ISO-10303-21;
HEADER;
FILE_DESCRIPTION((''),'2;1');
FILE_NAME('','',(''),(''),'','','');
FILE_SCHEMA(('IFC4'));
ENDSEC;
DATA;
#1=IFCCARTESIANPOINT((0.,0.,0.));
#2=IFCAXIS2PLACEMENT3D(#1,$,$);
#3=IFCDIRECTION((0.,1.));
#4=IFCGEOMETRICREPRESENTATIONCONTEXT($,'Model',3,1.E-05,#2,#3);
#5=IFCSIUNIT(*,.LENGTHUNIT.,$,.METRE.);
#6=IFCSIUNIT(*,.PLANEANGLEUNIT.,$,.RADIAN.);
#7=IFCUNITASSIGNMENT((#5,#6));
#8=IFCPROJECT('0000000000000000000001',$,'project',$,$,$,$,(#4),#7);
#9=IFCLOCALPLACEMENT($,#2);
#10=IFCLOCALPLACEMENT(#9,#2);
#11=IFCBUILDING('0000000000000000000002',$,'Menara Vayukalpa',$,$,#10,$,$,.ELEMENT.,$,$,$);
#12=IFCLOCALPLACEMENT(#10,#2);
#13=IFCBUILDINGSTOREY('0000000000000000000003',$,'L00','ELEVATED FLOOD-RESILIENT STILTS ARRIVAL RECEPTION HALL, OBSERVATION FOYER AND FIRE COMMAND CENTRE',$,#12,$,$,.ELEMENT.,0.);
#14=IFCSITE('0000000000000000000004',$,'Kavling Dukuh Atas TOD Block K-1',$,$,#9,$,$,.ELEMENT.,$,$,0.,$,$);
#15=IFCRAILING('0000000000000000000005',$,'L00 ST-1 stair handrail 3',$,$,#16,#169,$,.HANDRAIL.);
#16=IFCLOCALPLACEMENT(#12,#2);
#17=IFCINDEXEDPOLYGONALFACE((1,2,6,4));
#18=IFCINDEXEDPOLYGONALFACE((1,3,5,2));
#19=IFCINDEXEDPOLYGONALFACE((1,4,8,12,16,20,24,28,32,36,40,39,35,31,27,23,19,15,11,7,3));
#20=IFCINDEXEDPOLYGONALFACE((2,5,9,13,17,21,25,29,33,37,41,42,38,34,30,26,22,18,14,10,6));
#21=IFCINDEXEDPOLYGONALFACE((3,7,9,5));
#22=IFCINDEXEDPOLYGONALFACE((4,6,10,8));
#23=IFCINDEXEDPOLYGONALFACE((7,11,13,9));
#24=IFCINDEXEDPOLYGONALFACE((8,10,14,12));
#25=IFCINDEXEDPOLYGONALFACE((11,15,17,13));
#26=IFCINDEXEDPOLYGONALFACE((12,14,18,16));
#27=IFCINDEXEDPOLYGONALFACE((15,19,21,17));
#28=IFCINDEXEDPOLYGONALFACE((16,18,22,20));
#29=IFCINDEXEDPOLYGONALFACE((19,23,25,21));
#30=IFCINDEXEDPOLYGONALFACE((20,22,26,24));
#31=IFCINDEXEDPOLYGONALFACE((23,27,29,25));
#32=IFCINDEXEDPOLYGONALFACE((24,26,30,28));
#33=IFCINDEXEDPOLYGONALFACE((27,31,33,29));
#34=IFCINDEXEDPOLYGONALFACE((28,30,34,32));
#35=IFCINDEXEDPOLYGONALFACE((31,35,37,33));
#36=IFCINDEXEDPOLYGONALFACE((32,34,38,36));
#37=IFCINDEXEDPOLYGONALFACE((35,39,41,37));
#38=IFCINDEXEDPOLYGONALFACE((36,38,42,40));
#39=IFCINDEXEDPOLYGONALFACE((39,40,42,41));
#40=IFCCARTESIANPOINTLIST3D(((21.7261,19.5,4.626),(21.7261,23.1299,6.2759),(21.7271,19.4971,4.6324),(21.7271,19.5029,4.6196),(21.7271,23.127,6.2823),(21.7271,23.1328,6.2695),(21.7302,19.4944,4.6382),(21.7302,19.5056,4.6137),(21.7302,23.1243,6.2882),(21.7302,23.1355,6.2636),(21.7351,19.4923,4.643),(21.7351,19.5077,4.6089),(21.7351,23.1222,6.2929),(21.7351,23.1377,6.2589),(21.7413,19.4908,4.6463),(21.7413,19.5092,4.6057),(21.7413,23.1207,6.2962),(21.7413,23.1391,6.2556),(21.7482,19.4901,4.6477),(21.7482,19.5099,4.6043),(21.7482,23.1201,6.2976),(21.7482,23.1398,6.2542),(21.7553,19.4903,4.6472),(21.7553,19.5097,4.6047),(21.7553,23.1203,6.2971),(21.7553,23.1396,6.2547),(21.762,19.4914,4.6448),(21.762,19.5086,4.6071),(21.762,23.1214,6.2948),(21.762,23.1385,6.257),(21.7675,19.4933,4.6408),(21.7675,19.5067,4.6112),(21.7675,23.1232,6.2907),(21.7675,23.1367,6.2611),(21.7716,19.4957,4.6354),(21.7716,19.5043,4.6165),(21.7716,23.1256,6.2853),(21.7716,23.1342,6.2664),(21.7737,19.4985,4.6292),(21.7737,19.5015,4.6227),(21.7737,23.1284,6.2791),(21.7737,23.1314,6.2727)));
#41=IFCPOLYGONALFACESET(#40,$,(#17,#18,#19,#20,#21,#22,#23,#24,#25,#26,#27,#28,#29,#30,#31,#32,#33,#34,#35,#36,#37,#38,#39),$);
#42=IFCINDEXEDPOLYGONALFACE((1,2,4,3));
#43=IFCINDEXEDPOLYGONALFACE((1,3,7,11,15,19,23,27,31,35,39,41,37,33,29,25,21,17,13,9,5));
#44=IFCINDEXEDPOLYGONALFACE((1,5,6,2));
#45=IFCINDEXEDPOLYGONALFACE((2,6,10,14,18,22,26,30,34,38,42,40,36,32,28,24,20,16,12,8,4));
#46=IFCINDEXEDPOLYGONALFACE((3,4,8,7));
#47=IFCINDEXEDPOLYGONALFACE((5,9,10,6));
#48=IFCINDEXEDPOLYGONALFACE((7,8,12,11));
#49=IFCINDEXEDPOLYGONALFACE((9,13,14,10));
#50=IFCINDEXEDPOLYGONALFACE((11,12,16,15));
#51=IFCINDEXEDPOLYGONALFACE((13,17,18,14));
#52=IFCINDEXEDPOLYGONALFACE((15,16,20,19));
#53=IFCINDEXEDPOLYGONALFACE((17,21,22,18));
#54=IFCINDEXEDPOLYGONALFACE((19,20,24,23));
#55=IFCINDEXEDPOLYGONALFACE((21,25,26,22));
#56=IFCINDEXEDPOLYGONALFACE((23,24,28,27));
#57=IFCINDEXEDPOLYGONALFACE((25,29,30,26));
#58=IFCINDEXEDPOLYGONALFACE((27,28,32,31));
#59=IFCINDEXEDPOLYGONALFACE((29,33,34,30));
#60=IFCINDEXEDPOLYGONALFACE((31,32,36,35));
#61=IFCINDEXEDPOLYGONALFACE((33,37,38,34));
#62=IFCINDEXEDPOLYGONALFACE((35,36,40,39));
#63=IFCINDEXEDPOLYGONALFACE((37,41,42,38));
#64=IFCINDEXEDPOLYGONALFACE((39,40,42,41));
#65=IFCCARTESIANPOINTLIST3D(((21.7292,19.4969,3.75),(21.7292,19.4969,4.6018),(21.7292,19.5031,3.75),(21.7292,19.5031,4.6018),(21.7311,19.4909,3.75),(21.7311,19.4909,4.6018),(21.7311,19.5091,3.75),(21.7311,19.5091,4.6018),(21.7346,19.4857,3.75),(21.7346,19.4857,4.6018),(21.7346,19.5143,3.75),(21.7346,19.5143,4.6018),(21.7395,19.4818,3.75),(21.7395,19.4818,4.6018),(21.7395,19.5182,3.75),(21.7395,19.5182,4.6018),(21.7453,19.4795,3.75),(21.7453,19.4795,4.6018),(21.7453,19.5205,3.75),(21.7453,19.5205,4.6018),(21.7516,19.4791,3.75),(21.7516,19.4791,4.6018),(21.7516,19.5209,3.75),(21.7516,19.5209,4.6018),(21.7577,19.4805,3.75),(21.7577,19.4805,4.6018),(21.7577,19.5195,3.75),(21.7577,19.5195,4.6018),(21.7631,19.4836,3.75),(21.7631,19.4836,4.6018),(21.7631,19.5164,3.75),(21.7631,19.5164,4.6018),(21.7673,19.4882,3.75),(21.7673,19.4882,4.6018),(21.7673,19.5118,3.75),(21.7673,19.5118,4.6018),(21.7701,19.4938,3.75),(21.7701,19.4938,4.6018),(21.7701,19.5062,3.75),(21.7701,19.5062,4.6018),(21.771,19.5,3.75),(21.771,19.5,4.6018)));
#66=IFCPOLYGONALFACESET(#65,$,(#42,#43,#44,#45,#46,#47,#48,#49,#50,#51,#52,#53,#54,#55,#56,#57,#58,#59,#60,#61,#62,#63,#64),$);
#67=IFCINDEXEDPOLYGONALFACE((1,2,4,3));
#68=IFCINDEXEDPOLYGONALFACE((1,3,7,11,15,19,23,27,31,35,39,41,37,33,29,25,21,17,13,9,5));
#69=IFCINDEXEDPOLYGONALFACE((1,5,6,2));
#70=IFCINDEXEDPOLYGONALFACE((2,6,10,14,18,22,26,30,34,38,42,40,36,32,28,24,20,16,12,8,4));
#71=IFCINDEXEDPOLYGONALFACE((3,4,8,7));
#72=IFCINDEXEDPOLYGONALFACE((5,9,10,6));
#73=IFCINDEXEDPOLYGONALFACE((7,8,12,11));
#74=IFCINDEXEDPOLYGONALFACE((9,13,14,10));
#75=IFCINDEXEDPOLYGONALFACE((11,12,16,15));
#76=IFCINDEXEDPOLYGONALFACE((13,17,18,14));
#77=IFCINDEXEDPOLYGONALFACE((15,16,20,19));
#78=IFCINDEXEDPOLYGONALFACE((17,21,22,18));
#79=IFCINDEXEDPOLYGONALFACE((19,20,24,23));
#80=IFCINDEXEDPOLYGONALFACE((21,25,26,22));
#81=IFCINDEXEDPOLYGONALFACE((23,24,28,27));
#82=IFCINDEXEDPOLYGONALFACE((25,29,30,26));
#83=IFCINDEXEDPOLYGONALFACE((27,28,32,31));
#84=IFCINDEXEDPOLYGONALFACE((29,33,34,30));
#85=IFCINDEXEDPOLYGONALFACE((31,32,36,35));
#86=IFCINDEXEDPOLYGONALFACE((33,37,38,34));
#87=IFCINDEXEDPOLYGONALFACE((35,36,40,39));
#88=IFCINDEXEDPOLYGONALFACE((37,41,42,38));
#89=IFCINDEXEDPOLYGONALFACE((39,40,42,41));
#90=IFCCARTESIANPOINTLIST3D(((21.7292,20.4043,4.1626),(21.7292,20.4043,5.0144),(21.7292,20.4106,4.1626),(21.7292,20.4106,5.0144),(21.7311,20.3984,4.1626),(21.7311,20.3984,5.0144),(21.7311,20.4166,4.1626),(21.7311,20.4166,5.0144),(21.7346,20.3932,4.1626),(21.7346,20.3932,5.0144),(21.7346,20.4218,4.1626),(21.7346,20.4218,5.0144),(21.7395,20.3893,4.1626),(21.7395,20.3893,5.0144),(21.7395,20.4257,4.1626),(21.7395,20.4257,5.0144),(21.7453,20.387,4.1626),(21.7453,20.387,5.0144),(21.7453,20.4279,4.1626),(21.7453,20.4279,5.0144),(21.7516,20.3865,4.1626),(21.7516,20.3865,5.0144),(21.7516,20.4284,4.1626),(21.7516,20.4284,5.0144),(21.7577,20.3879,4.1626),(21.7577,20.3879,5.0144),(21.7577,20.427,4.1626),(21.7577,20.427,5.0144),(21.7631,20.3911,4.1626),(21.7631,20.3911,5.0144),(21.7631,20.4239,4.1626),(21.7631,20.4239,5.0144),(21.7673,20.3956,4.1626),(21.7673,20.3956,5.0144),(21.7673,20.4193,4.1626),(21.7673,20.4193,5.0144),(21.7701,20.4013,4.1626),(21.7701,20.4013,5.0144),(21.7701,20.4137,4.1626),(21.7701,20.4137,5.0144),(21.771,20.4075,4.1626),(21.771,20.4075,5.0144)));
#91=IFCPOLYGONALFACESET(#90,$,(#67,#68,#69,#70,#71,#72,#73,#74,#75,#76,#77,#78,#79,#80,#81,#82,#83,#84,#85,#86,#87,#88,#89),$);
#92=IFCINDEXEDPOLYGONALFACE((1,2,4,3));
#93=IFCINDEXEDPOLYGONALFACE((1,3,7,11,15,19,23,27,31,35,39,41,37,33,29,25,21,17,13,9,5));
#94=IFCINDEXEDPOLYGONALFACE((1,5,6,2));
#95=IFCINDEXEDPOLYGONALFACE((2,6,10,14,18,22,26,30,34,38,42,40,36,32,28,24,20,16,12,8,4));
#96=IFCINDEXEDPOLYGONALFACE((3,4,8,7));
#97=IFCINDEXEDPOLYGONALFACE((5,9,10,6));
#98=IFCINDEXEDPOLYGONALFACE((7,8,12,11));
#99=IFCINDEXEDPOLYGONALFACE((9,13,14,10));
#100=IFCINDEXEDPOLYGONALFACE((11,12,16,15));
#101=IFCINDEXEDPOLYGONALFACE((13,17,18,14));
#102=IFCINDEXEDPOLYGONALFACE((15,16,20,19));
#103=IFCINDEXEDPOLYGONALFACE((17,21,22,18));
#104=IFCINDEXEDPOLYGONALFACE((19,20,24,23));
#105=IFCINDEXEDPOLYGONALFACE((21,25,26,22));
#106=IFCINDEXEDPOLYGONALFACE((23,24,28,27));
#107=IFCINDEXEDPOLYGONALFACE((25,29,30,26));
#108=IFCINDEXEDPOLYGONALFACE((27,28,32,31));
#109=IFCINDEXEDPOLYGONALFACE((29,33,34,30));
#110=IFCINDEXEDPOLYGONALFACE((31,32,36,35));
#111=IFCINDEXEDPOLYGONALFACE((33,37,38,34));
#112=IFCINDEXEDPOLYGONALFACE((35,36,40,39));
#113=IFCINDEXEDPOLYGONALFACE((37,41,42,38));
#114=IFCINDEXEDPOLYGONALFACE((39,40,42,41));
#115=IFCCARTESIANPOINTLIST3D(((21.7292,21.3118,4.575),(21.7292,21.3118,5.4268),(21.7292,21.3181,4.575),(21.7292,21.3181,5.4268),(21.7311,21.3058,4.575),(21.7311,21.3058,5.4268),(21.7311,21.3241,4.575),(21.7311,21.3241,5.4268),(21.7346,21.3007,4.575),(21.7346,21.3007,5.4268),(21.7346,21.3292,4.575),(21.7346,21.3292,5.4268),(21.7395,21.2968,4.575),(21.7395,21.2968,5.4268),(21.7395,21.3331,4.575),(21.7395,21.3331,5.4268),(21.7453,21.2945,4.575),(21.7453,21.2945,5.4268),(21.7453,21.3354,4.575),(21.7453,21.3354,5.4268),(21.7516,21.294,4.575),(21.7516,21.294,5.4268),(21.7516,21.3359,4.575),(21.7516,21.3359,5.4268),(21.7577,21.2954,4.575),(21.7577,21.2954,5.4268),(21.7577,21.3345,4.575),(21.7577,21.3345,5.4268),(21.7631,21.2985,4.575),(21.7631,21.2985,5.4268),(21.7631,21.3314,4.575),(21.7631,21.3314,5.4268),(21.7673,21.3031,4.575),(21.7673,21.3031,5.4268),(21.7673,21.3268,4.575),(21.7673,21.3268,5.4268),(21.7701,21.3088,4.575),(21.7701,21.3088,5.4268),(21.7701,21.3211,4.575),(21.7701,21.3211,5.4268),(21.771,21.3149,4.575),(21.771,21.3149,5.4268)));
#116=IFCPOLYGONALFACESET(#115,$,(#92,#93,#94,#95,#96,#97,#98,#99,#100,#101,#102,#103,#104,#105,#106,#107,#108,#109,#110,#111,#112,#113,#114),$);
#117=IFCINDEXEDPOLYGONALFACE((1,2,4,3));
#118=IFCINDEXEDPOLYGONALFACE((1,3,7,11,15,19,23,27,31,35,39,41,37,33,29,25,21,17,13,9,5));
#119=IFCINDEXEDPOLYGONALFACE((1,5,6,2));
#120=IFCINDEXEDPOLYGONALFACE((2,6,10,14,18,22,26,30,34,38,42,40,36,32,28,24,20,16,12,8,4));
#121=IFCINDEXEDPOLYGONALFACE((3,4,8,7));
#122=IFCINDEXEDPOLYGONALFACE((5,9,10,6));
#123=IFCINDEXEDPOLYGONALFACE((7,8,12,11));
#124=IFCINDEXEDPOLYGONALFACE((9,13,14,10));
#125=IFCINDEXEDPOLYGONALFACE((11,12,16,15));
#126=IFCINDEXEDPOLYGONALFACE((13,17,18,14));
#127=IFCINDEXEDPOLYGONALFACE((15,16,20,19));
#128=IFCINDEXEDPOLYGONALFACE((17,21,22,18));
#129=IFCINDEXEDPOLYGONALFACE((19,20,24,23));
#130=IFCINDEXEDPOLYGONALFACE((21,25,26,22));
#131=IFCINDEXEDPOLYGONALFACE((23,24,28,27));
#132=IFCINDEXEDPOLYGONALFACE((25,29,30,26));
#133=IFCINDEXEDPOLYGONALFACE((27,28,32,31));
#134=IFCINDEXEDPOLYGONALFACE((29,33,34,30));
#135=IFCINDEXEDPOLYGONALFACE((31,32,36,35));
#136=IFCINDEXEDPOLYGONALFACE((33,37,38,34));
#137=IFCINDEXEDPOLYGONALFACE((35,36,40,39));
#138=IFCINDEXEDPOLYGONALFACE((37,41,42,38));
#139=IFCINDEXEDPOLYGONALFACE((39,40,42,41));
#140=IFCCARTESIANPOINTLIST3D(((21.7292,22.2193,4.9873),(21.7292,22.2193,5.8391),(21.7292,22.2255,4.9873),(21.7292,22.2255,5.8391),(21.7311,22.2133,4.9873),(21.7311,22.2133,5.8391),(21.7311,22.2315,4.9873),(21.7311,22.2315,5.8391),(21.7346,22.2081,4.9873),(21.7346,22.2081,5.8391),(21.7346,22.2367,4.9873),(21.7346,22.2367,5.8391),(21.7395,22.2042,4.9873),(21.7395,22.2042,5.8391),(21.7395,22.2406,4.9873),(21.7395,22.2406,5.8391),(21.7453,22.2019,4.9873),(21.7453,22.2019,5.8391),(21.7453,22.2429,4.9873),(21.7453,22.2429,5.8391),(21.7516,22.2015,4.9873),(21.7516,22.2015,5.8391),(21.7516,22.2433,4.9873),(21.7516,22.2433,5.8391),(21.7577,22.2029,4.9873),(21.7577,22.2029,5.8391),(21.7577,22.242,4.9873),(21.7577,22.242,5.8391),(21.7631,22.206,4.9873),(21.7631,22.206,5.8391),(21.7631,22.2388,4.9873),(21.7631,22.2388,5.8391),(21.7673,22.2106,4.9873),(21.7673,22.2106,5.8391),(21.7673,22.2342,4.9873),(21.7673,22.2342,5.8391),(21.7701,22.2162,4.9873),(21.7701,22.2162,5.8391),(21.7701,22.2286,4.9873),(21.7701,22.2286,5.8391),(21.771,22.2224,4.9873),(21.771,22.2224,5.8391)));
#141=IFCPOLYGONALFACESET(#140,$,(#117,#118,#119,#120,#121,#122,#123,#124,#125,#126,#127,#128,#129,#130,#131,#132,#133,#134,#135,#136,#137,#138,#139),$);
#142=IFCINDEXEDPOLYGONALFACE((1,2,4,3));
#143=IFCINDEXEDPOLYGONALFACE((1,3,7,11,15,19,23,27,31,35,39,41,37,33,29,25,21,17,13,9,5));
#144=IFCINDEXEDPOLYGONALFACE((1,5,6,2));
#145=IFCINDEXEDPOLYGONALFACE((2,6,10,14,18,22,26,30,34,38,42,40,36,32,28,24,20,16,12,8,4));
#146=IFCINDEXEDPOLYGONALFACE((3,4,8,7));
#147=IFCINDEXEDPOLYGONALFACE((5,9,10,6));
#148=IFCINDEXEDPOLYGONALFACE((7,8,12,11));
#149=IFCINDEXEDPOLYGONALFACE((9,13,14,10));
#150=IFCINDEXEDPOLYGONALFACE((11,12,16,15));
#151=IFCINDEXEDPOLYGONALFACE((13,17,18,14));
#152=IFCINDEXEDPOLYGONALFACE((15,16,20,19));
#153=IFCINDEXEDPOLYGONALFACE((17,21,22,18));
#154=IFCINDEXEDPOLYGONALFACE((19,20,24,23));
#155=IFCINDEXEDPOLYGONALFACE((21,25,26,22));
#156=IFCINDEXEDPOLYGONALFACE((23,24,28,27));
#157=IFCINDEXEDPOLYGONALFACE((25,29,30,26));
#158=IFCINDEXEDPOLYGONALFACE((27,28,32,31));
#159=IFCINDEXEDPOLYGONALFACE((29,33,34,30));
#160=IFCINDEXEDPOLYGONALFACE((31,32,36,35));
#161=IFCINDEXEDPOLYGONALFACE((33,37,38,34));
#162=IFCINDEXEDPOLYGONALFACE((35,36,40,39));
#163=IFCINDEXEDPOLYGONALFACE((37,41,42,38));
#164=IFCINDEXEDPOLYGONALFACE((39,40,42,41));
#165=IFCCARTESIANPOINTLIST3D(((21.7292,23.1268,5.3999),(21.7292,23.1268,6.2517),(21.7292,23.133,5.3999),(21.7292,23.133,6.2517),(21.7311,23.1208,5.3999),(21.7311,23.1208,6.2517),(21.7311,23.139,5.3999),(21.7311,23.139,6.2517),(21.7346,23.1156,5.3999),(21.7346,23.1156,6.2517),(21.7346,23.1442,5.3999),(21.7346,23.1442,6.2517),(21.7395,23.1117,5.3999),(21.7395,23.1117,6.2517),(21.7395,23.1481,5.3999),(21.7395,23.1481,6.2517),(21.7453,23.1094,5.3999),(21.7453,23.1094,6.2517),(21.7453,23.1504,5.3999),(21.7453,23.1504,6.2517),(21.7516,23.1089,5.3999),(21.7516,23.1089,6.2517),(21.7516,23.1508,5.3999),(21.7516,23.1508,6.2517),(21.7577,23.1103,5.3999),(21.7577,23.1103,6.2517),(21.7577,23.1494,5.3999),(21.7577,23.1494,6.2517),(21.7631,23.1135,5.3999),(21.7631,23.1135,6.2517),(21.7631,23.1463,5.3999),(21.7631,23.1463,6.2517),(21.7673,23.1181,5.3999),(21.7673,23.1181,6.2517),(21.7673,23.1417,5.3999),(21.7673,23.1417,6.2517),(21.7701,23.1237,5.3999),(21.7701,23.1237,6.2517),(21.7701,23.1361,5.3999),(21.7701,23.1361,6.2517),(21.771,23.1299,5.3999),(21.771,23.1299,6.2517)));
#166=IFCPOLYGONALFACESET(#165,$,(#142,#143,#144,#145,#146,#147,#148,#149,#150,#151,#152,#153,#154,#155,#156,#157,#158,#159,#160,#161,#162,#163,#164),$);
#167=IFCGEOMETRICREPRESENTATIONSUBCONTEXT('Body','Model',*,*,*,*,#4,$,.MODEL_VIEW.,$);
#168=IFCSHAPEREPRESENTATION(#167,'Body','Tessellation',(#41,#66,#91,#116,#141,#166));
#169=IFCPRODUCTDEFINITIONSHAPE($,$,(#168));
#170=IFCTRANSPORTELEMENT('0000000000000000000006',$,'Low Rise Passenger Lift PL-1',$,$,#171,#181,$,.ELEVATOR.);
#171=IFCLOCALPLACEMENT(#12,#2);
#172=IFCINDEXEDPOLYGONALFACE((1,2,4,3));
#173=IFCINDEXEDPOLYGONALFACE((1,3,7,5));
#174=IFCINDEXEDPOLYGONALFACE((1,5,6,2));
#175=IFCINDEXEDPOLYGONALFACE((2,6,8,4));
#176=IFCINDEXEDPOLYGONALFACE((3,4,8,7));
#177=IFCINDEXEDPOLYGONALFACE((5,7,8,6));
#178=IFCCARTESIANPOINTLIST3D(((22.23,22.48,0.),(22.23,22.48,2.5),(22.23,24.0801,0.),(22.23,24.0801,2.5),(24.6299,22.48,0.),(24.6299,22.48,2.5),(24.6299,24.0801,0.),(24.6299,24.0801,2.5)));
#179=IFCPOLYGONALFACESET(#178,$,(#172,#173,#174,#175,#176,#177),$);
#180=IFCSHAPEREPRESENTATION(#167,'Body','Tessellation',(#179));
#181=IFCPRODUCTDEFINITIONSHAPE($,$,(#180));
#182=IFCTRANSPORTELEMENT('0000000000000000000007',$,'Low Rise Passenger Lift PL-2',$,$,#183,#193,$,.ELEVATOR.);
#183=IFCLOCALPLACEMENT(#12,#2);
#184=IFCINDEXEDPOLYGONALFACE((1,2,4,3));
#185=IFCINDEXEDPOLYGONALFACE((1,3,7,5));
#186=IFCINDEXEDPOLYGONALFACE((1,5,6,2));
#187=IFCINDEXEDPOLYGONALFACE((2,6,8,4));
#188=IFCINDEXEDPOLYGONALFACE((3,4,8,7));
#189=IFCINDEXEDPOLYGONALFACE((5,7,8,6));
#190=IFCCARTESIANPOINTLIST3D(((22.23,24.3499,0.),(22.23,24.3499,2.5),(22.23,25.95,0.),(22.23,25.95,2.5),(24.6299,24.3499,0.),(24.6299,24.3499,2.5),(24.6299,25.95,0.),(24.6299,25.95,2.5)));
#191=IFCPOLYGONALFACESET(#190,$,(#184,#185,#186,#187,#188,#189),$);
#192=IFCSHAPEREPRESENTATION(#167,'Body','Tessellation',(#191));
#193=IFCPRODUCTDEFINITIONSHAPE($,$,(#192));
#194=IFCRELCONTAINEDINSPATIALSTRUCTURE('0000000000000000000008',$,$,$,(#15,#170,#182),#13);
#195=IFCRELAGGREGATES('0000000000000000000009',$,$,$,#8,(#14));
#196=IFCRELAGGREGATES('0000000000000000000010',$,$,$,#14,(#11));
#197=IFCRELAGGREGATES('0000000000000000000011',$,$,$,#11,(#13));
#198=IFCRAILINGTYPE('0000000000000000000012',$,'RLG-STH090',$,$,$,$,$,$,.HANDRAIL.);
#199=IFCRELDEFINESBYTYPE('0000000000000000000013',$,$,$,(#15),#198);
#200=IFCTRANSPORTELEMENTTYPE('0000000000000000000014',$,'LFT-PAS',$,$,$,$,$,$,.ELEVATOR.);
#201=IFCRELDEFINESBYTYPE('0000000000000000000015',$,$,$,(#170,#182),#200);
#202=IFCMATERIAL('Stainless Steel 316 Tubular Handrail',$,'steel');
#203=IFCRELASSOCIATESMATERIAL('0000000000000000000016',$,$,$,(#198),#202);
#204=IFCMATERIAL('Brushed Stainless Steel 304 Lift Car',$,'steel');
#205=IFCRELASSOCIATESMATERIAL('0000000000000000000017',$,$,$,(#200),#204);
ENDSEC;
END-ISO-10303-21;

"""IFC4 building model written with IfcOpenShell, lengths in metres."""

from ifc_helpers import new_model, si_unit, direction, frame, origin, origin_2d, place, context, subcontext, project, spatial, rectangle, circle, extrude, material, type_object, element, save


model = new_model("IFC4")

# Units and contexts
model_context = context("Model", 3, precision=1e-05, world=origin(), true_north=direction((0.0, 1.0)))
body_context = subcontext(model_context, "Body", "Model", "MODEL_VIEW")
ifc_project = project(units=[si_unit("LENGTHUNIT", "METRE"), si_unit("PLANEANGLEUNIT", "RADIAN")], contexts=[model_context])

# Site, building, storey
site_placement = place(None, origin())
site = spatial("IfcSite", under=ifc_project, at=site_placement, Name="Kavling Dukuh Atas TOD Block K-1", CompositionType="ELEMENT", RefElevation=0.0)
building_placement = place(site_placement, origin())
building = spatial("IfcBuilding", under=site, at=building_placement, Name="Menara Vayukalpa", CompositionType="ELEMENT")
storey_placement = place(building_placement, origin())
storey = spatial("IfcBuildingStorey", under=building, at=storey_placement, Name="L00", Description="ELEVATED FLOOD-RESILIENT STILTS ARRIVAL RECEPTION HALL, OBSERVATION FOYER AND FIRE COMMAND CENTRE", CompositionType="ELEMENT", Elevation=0.0)

# Railing
ifc_material_1 = material(Name="Stainless Steel 316 Tubular Handrail", Category="steel")
railing_type_1 = type_object("IfcRailingType", Name="RLG-STH090", PredefinedType="HANDRAIL", material=ifc_material_1)
railing_1_placement = place(storey_placement, frame((21.75, 19.5, 3.75)))
element("IfcRailing", 1, at=railing_1_placement, inside=storey, type_object=railing_type_1, Name="L00 ST-1 stair handrail 3", PredefinedType="HANDRAIL", context=body_context, shape_type="SweptSolid", body=[
    extrude(circle(Radius=0.0239, at=origin_2d()), frame((0.0, 0.0, 0.876), z_axis=(0.0, 0.910371, 0.413794), x_axis=(-1.0, 0.0, 0.0)), (0.0, 0.0, 1.0), 3.9873),
    extrude(circle(Radius=0.021, at=origin_2d()), origin(), (0.0, 0.0, 1.0), 0.8518),
    extrude(circle(Radius=0.021, at=origin_2d()), frame((0.0, 0.9075, 0.4126)), (0.0, 0.0, 1.0), 0.8518),
    extrude(circle(Radius=0.021, at=origin_2d()), frame((0.0, 1.8149, 0.825)), (0.0, 0.0, 1.0), 0.8518),
    extrude(circle(Radius=0.021, at=origin_2d()), frame((0.0, 2.7224, 1.2373)), (0.0, 0.0, 1.0), 0.8518),
    extrude(circle(Radius=0.021, at=origin_2d()), frame((0.0, 3.6299, 1.6499)), (0.0, 0.0, 1.0), 0.8518),
])

# Transport elements
ifc_material_2 = material(Name="Brushed Stainless Steel 304 Lift Car", Category="steel")
transport_element_type = type_object("IfcTransportElementType", Name="LFT-PAS", PredefinedType="ELEVATOR", material=ifc_material_2)
for number, where, z_axis, x_axis, name in (
    (2, (23.4299, 23.28, 0.0), (0.0, 0.0, 1.0), (1.0, 0.0, 0.0), "Low Rise Passenger Lift PL-1"),
    (3, (23.4299, 25.1499, 0.0), (0.0, 0.0, 1.0), (1.0, 0.0, 0.0), "Low Rise Passenger Lift PL-2"),
):
    element("IfcTransportElement", number, at=place(storey_placement, frame(where, z_axis=z_axis, x_axis=x_axis)), inside=storey, type_object=transport_element_type, Name=name, PredefinedType="ELEVATOR", context=body_context, shape_type="SweptSolid", body=[
        extrude(rectangle(XDim=2.3999, YDim=1.6001, at=origin_2d()), origin(), (0.0, 0.0, 1.0), 2.5),
    ])

save(model, "model.ifc")
